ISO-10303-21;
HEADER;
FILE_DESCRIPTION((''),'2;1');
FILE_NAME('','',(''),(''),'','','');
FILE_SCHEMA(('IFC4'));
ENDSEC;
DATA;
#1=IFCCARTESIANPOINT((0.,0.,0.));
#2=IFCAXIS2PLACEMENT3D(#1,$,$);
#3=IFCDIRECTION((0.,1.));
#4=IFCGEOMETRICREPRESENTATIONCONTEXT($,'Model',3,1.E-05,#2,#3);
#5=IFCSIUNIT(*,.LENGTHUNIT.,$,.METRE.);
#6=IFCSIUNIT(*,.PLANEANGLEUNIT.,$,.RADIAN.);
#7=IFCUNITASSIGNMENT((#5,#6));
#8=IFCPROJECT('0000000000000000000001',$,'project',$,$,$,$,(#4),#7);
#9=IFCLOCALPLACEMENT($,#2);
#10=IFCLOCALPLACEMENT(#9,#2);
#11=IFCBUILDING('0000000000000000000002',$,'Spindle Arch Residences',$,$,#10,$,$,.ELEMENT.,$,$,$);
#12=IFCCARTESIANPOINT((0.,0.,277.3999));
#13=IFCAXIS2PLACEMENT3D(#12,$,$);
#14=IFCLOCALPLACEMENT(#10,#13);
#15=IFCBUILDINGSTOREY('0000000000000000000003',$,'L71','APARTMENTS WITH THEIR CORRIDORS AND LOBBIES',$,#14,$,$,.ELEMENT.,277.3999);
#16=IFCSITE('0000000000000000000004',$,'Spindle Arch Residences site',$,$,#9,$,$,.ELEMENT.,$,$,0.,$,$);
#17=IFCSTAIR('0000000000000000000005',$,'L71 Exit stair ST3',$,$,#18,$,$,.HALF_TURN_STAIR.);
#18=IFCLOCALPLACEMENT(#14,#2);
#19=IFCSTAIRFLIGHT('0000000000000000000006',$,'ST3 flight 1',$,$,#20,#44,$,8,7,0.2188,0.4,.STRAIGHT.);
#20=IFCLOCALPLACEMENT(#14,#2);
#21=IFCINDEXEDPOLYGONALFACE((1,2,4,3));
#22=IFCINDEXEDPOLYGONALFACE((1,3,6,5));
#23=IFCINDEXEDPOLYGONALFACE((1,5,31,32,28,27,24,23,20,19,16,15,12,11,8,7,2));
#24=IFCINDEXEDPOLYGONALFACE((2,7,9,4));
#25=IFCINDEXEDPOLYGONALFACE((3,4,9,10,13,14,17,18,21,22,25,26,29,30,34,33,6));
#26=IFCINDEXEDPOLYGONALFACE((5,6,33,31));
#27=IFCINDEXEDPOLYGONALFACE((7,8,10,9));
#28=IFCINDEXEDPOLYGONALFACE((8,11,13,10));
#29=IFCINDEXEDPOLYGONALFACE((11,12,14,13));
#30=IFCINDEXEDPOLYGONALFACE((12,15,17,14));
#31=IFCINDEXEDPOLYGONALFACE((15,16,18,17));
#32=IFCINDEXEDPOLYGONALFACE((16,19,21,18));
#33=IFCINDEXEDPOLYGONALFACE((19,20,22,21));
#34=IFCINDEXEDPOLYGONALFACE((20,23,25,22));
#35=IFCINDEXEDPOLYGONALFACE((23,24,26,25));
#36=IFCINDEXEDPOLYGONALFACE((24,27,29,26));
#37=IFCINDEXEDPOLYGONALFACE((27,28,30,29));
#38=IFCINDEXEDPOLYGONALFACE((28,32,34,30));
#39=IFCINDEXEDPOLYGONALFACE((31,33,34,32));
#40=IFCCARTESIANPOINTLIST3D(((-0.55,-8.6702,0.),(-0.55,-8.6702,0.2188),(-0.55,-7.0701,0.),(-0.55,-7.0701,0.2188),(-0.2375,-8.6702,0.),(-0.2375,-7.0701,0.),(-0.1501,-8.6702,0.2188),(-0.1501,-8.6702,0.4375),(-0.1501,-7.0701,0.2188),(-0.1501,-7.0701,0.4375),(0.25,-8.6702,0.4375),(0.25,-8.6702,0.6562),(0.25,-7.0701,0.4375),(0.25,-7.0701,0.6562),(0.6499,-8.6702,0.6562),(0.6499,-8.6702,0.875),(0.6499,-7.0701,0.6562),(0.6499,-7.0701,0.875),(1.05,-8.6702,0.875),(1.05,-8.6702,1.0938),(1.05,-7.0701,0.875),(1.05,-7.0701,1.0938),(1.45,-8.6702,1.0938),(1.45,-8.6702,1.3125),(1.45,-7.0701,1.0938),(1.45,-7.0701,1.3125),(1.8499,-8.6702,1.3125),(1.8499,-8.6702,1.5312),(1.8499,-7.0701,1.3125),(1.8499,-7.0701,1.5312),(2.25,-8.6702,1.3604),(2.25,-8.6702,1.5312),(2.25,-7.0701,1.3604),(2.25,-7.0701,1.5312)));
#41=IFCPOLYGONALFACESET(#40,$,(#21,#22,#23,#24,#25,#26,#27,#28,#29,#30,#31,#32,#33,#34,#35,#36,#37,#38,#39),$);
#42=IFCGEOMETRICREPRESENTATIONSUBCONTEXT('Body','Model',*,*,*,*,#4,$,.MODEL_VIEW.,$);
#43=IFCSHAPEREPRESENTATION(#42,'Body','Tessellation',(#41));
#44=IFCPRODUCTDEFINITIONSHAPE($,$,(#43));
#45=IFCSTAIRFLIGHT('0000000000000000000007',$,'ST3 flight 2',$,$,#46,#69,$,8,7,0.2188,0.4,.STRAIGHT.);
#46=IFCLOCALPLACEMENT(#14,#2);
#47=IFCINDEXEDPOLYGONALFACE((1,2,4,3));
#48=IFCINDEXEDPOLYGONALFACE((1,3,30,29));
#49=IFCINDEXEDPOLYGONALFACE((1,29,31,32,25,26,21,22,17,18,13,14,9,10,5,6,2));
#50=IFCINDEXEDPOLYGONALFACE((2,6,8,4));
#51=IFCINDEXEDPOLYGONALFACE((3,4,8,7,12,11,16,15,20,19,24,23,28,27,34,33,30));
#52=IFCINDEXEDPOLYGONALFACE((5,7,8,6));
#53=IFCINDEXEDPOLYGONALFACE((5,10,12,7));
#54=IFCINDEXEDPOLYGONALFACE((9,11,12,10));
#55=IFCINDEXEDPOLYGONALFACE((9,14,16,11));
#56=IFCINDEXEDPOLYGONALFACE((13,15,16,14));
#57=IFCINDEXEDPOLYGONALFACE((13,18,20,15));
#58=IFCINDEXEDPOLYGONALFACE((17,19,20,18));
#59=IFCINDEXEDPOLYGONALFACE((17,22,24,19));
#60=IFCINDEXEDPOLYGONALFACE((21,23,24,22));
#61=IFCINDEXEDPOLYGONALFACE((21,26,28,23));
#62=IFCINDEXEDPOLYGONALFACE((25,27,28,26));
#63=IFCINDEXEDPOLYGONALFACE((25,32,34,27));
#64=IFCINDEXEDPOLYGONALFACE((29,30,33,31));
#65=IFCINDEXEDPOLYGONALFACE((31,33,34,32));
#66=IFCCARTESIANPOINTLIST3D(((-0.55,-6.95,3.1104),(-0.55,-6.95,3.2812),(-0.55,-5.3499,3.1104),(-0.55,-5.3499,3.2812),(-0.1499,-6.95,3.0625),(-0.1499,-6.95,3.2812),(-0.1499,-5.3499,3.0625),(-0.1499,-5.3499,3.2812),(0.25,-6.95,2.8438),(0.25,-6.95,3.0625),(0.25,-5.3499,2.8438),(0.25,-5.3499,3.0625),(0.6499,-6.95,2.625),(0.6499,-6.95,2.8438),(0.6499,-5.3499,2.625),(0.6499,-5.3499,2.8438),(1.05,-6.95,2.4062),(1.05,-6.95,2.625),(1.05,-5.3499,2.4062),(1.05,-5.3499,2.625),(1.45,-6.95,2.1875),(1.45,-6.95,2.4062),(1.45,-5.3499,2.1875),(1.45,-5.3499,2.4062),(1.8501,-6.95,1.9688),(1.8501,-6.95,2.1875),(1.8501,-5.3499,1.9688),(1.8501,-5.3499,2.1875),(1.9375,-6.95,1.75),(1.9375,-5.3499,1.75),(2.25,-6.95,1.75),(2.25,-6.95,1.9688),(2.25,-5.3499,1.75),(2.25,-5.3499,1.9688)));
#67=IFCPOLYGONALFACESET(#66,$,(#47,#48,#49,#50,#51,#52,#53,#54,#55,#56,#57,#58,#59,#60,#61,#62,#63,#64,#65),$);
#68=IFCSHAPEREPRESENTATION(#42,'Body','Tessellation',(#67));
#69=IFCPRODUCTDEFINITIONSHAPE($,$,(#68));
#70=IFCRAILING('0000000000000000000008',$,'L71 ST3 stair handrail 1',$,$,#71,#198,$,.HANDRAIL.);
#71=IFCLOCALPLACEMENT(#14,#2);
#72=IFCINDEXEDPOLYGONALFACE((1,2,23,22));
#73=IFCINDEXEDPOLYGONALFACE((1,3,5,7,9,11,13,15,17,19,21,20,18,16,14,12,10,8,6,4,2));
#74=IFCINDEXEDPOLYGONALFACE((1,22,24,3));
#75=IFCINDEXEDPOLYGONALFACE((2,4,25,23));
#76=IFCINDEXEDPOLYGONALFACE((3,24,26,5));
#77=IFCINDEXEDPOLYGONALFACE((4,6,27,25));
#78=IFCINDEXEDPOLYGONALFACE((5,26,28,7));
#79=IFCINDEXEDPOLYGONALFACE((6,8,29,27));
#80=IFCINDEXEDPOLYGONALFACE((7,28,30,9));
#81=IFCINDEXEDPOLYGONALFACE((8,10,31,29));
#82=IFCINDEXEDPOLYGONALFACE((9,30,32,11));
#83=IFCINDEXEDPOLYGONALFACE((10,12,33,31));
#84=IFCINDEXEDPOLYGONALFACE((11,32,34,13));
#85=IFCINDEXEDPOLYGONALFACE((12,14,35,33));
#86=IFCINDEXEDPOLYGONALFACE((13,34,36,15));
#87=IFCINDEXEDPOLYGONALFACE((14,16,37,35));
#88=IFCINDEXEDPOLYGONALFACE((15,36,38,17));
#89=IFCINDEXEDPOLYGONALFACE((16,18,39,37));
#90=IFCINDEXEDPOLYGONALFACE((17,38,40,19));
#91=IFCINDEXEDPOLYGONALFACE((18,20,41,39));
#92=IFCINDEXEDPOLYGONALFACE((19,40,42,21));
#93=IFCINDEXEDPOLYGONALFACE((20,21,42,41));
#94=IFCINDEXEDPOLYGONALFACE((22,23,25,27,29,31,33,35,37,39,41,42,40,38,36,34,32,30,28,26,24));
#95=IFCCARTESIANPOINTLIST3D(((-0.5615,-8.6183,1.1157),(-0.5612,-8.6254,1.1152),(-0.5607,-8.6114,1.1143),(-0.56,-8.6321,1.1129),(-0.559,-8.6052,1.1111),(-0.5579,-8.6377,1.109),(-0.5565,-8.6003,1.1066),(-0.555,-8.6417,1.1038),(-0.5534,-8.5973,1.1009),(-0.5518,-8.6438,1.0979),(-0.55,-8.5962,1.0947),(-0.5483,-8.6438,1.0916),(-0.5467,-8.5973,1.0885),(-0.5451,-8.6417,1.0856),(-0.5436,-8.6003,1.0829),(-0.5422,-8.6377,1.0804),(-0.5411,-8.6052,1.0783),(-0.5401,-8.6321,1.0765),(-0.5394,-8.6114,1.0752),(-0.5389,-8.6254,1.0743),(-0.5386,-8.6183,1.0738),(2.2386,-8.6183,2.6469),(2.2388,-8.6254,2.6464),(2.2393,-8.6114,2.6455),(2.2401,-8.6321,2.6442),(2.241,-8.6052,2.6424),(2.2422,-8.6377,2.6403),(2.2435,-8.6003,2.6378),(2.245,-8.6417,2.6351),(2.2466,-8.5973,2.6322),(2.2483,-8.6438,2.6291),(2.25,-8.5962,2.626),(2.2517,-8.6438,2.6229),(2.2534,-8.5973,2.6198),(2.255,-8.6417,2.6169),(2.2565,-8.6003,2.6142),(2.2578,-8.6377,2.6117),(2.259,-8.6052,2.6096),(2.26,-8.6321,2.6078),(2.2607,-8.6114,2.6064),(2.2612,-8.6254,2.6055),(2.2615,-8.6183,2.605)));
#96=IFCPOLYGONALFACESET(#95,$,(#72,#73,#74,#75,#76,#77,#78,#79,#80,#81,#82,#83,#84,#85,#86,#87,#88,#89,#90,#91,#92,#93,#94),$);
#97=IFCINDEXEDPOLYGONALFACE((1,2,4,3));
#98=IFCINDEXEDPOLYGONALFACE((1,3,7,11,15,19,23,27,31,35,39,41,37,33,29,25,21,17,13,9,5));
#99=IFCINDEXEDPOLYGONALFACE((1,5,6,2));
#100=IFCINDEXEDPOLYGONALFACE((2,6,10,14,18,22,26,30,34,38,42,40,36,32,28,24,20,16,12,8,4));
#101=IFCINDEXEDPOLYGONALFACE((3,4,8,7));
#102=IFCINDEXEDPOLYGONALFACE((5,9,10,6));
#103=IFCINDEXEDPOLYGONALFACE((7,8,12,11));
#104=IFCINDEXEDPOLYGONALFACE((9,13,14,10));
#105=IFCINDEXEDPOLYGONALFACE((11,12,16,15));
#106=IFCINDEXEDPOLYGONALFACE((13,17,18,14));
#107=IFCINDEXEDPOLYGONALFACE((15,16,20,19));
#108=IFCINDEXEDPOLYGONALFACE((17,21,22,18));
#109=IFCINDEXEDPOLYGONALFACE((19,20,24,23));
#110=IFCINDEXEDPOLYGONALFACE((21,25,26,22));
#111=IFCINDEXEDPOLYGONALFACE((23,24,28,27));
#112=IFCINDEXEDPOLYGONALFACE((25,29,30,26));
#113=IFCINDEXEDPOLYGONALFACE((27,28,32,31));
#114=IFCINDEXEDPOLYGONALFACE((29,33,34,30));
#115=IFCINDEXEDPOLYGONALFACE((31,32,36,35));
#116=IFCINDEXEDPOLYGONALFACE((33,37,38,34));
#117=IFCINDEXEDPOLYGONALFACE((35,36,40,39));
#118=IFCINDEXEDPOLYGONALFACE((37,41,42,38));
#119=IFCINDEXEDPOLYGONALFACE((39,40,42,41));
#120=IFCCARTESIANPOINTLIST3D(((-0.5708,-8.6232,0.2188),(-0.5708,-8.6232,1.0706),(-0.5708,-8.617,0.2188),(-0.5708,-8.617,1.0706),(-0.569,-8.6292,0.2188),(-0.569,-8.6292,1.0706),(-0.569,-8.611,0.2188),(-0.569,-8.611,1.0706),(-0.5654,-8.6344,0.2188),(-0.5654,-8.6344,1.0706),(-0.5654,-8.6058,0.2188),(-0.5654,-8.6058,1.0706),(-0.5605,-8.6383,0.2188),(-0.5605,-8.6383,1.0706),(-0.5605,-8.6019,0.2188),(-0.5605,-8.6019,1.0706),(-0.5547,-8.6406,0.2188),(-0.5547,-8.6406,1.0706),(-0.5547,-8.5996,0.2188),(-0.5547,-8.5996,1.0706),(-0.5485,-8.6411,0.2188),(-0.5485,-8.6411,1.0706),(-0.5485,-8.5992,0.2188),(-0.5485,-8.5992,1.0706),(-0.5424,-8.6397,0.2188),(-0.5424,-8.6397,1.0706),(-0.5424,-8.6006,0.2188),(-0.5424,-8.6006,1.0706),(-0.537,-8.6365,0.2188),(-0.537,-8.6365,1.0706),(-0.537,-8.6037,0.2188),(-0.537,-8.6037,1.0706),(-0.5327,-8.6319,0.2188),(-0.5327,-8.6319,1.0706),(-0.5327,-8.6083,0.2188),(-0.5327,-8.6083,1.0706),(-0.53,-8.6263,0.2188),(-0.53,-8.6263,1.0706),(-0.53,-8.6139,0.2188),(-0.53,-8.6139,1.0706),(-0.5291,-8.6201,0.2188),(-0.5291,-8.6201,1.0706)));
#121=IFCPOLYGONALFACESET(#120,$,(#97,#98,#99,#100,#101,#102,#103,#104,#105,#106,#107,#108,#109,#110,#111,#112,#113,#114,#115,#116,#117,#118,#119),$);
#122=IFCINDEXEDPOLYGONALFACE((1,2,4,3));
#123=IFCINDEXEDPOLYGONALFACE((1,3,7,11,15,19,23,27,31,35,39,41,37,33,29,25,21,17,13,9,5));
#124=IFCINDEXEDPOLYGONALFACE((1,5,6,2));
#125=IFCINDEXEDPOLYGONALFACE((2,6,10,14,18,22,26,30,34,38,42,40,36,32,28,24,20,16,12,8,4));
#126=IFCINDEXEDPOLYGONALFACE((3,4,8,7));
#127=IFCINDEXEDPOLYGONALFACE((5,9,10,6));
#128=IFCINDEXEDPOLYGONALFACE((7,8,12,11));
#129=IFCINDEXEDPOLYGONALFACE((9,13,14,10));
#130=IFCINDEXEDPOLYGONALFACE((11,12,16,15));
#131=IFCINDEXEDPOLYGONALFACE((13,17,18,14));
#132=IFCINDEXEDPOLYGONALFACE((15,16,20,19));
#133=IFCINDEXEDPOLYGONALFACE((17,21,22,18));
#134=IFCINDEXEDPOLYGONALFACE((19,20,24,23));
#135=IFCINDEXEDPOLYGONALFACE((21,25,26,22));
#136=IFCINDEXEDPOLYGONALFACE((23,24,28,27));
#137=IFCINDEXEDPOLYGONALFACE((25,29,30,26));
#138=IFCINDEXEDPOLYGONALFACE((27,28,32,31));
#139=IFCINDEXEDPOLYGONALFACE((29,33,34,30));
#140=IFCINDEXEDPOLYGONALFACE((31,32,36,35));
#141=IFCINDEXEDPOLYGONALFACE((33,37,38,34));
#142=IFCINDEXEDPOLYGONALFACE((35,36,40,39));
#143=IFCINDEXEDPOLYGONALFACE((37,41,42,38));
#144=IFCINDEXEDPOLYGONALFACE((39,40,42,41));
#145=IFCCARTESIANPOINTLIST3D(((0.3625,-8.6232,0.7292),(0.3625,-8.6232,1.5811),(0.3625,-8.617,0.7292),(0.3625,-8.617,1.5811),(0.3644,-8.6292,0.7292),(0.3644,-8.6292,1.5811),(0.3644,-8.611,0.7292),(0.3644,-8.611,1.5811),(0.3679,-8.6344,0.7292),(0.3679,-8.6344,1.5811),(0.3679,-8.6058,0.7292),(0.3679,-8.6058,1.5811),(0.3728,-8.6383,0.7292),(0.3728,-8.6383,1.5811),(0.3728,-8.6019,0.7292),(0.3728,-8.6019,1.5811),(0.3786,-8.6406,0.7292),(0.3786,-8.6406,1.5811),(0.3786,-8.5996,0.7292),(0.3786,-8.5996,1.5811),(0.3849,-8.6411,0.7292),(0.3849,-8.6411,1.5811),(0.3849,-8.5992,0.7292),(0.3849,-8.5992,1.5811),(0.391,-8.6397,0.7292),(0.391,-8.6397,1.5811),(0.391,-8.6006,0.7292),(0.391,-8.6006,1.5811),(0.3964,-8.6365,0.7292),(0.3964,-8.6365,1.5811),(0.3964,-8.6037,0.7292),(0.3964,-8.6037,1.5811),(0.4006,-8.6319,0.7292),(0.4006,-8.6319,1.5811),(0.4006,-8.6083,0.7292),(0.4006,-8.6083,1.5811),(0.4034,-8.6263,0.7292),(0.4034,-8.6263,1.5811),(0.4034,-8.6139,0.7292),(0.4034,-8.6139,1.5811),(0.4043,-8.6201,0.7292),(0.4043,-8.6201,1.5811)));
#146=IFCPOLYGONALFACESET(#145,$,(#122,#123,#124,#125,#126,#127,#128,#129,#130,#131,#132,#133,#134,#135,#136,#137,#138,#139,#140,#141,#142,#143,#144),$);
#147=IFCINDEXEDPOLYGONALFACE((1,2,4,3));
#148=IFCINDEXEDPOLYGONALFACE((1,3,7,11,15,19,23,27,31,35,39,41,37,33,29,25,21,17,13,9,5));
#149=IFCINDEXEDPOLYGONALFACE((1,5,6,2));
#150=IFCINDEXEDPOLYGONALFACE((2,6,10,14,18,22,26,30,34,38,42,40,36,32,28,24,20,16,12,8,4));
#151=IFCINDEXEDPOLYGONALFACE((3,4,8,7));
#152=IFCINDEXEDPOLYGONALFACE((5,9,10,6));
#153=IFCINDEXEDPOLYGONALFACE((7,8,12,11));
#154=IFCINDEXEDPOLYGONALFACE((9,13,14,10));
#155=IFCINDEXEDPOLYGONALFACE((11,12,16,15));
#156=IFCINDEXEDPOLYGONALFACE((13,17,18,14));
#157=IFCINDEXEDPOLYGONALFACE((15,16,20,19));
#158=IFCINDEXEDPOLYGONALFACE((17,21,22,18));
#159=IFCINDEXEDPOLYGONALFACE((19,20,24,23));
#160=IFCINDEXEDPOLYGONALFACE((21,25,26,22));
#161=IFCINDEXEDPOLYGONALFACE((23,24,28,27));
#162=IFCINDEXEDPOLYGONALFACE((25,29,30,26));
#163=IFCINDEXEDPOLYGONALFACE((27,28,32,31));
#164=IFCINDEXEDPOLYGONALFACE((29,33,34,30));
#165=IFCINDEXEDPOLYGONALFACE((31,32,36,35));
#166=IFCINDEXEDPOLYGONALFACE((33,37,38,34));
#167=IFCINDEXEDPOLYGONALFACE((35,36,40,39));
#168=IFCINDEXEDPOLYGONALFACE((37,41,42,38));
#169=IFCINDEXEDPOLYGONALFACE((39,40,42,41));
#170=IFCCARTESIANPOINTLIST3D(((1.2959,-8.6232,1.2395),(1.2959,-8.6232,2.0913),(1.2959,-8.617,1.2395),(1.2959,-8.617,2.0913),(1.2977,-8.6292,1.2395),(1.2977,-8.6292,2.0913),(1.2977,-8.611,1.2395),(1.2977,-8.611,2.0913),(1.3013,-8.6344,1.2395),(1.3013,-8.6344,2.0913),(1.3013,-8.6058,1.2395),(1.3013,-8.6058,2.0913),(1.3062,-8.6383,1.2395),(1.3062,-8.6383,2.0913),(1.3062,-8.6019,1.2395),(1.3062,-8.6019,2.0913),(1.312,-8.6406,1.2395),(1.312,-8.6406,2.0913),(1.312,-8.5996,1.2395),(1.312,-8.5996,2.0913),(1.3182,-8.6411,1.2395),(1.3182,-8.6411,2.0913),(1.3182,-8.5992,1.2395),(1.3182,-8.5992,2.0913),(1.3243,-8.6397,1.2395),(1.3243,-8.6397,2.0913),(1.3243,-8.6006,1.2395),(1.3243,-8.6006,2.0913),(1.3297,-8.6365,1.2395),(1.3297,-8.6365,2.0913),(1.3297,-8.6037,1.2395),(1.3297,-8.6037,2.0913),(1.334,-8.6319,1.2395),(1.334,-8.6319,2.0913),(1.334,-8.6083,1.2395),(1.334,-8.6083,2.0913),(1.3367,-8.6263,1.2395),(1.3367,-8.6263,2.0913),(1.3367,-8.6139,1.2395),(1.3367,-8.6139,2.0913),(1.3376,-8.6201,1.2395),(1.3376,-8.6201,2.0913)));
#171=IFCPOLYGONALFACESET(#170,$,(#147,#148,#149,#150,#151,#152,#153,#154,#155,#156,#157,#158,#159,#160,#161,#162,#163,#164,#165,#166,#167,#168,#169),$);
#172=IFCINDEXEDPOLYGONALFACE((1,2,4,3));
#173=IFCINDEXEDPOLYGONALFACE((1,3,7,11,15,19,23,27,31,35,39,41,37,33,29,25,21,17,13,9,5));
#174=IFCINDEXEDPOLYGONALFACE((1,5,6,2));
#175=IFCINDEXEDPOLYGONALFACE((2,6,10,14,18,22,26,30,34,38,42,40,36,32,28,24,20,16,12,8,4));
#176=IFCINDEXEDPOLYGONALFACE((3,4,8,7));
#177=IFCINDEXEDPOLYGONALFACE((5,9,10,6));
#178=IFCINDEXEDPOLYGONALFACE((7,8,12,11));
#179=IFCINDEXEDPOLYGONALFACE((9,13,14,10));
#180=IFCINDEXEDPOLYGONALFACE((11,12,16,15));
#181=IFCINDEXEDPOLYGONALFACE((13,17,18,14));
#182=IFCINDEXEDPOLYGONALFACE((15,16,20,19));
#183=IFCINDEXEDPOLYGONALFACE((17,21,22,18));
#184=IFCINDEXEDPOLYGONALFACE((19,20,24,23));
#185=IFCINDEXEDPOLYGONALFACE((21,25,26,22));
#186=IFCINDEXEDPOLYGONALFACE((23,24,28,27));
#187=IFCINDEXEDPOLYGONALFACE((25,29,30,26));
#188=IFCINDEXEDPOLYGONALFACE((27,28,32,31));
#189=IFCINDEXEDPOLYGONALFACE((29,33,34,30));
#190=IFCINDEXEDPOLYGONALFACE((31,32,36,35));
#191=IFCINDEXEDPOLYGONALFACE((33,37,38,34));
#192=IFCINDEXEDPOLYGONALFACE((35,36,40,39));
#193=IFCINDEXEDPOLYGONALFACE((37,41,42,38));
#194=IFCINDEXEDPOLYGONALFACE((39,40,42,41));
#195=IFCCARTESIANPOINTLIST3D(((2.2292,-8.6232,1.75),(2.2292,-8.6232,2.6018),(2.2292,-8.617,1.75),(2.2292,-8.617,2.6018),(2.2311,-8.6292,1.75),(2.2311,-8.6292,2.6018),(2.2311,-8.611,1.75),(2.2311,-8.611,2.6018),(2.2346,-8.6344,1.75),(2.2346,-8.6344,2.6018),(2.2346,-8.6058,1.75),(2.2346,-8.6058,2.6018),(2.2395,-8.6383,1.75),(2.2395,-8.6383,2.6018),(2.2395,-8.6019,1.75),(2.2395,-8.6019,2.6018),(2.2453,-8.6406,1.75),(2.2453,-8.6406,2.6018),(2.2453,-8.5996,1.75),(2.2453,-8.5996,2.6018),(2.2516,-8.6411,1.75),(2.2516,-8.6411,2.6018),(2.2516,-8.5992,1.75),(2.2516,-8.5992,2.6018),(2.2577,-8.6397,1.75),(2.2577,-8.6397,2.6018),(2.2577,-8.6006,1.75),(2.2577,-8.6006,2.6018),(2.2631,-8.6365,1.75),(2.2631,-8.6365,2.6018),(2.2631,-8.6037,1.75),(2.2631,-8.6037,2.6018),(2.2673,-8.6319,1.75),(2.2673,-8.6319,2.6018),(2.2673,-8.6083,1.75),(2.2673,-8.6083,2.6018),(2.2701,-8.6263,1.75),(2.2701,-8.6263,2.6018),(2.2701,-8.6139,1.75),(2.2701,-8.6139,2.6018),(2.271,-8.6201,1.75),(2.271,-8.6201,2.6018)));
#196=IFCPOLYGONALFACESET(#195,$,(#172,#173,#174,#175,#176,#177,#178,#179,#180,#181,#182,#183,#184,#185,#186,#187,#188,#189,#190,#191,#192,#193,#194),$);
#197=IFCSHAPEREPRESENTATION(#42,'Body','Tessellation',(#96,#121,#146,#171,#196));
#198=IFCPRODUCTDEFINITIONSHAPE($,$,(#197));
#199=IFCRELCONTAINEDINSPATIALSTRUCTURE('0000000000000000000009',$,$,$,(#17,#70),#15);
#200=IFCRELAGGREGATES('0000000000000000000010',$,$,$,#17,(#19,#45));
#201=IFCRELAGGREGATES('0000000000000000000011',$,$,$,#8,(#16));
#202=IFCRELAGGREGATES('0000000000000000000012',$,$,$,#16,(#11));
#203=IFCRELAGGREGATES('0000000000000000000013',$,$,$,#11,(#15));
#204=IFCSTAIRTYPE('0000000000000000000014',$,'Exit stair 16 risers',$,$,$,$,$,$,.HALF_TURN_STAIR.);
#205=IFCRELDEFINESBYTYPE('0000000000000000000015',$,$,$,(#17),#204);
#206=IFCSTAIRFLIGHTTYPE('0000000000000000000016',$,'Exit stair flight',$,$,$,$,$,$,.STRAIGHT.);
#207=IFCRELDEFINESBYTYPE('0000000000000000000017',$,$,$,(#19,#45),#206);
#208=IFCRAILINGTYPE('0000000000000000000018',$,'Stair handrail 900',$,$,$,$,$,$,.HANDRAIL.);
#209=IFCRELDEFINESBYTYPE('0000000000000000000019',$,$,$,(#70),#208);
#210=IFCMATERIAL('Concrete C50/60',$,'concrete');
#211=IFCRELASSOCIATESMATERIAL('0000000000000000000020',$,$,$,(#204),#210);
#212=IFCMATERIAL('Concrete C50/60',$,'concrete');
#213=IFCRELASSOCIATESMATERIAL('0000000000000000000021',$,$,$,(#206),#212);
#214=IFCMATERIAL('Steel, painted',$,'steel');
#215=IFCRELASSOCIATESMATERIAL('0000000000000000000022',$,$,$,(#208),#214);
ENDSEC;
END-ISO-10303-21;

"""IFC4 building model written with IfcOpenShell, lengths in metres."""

from ifc_helpers import new_model, si_unit, direction, frame, origin, origin_2d, place, context, subcontext, project, spatial, polyline, circle, outline, extrude, material, type_object, element, aggregate, save


model = new_model("IFC4")

# Units and contexts
model_context = context("Model", 3, precision=1e-05, world=origin(), true_north=direction((0.0, 1.0)))
body_context = subcontext(model_context, "Body", "Model", "MODEL_VIEW")
ifc_project = project(units=[si_unit("LENGTHUNIT", "METRE"), si_unit("PLANEANGLEUNIT", "RADIAN")], contexts=[model_context])

# Site, building, storey
site_placement = place(None, origin())
site = spatial("IfcSite", under=ifc_project, at=site_placement, Name="Spindle Arch Residences site", CompositionType="ELEMENT", RefElevation=0.0)
building_placement = place(site_placement, origin())
building = spatial("IfcBuilding", under=site, at=building_placement, Name="Spindle Arch Residences", CompositionType="ELEMENT")
storey_placement = place(building_placement, frame((0.0, 0.0, 277.3999)))
storey = spatial("IfcBuildingStorey", under=building, at=storey_placement, Name="L71", Description="APARTMENTS WITH THEIR CORRIDORS AND LOBBIES", CompositionType="ELEMENT", Elevation=277.3999)

# Stair
ifc_material_1 = material(Name="Concrete C50/60", Category="concrete")
stair_type = type_object("IfcStairType", Name="Exit stair 16 risers", PredefinedType="HALF_TURN_STAIR", material=ifc_material_1)
stair_1_placement = place(storey_placement, origin())
stair_1 = element("IfcStair", 1, at=stair_1_placement, inside=storey, type_object=stair_type, Name="L71 Exit stair ST3", PredefinedType="HALF_TURN_STAIR")

# Stair flights
ifc_material_2 = material(Name="Concrete C50/60", Category="concrete")
stair_flight_type = type_object("IfcStairFlightType", Name="Exit stair flight", PredefinedType="STRAIGHT", material=ifc_material_2)
stair_flight_1_placement = place(storey_placement, frame((-0.55, -7.8701, 0.0), z_axis=(0.0, 0.0, 1.0), x_axis=(1.0, 0.0, 0.0)))
stair_flight_1 = element("IfcStairFlight", 2, at=stair_flight_1_placement, type_object=stair_flight_type, Name="ST3 flight 1", NumberOfRisers=8, NumberOfTreads=7, PredefinedType="STRAIGHT", RiserHeight=0.2188, TreadLength=0.4, context=body_context, shape_type="SweptSolid", body=[
    extrude(outline(polyline([(0.0, 0.0), (0.0, 0.2188), (0.3999, 0.2188), (0.3999, 0.4375), (0.8, 0.4375), (0.8, 0.6562), (1.2, 0.6562), (1.2, 0.875), (1.6001, 0.875), (1.6001, 1.0938), (2.0, 1.0938), (2.0, 1.3125), (2.3999, 1.3125), (2.3999, 1.5312), (2.8, 1.5312), (2.8, 1.75), (2.8, 1.3604), (0.3125, 0.0), (0.0, 0.0)])), frame((0.0, 0.8, 0.0), z_axis=(0.0, -1.0, 0.0), x_axis=(1.0, 0.0, 0.0)), (0.0, 0.0, 1.0), 1.6001),
])
stair_flight_2_placement = place(storey_placement, frame((2.25, -6.1499, 1.75), z_axis=(0.0, 0.0, 1.0), x_axis=(-1.0, 0.0, 0.0)))
stair_flight_2 = element("IfcStairFlight", 3, at=stair_flight_2_placement, type_object=stair_flight_type, Name="ST3 flight 2", NumberOfRisers=8, NumberOfTreads=7, PredefinedType="STRAIGHT", RiserHeight=0.2188, TreadLength=0.4, context=body_context, shape_type="SweptSolid", body=[
    extrude(outline(polyline([(0.0, 0.0), (0.0, 0.2188), (0.3999, 0.2188), (0.3999, 0.4375), (0.8, 0.4375), (0.8, 0.6562), (1.2, 0.6562), (1.2, 0.875), (1.6001, 0.875), (1.6001, 1.0938), (2.0, 1.0938), (2.0, 1.3125), (2.3999, 1.3125), (2.3999, 1.5312), (2.8, 1.5312), (2.8, 1.75), (2.8, 1.3604), (0.3125, 0.0), (0.0, 0.0)])), frame((0.0, 0.8, 0.0), z_axis=(0.0, -1.0, 0.0), x_axis=(1.0, 0.0, 0.0)), (0.0, 0.0, 1.0), 1.6001),
])
aggregate(stair_1, [stair_flight_1, stair_flight_2])

# Railing
ifc_material_3 = material(Name="Steel, painted", Category="steel")
railing_type_1 = type_object("IfcRailingType", Name="Stair handrail 900", PredefinedType="HANDRAIL", material=ifc_material_3)
railing_1_placement = place(storey_placement, frame((-0.55, -8.6201, 0.2188)))
element("IfcRailing", 4, at=railing_1_placement, inside=storey, type_object=railing_type_1, Name="L71 ST3 stair handrail 1", PredefinedType="HANDRAIL", context=body_context, shape_type="SweptSolid", body=[
    extrude(circle(Radius=0.0239, at=origin_2d()), frame((0.0, 0.0, 0.876), z_axis=(0.877375, 0.0, 0.479806), x_axis=(0.0, 1.0, 0.0)), (0.0, 0.0, 1.0), 3.1914),
    extrude(circle(Radius=0.021, at=origin_2d()), origin(), (0.0, 0.0, 1.0), 0.8518),
    extrude(circle(Radius=0.021, at=origin_2d()), frame((0.9333, 0.0, 0.5105)), (0.0, 0.0, 1.0), 0.8518),
    extrude(circle(Radius=0.021, at=origin_2d()), frame((1.8667, 0.0, 1.0208)), (0.0, 0.0, 1.0), 0.8518),
    extrude(circle(Radius=0.021, at=origin_2d()), frame((2.8, 0.0, 1.5312)), (0.0, 0.0, 1.0), 0.8518),
])

save(model, "model.ifc")
